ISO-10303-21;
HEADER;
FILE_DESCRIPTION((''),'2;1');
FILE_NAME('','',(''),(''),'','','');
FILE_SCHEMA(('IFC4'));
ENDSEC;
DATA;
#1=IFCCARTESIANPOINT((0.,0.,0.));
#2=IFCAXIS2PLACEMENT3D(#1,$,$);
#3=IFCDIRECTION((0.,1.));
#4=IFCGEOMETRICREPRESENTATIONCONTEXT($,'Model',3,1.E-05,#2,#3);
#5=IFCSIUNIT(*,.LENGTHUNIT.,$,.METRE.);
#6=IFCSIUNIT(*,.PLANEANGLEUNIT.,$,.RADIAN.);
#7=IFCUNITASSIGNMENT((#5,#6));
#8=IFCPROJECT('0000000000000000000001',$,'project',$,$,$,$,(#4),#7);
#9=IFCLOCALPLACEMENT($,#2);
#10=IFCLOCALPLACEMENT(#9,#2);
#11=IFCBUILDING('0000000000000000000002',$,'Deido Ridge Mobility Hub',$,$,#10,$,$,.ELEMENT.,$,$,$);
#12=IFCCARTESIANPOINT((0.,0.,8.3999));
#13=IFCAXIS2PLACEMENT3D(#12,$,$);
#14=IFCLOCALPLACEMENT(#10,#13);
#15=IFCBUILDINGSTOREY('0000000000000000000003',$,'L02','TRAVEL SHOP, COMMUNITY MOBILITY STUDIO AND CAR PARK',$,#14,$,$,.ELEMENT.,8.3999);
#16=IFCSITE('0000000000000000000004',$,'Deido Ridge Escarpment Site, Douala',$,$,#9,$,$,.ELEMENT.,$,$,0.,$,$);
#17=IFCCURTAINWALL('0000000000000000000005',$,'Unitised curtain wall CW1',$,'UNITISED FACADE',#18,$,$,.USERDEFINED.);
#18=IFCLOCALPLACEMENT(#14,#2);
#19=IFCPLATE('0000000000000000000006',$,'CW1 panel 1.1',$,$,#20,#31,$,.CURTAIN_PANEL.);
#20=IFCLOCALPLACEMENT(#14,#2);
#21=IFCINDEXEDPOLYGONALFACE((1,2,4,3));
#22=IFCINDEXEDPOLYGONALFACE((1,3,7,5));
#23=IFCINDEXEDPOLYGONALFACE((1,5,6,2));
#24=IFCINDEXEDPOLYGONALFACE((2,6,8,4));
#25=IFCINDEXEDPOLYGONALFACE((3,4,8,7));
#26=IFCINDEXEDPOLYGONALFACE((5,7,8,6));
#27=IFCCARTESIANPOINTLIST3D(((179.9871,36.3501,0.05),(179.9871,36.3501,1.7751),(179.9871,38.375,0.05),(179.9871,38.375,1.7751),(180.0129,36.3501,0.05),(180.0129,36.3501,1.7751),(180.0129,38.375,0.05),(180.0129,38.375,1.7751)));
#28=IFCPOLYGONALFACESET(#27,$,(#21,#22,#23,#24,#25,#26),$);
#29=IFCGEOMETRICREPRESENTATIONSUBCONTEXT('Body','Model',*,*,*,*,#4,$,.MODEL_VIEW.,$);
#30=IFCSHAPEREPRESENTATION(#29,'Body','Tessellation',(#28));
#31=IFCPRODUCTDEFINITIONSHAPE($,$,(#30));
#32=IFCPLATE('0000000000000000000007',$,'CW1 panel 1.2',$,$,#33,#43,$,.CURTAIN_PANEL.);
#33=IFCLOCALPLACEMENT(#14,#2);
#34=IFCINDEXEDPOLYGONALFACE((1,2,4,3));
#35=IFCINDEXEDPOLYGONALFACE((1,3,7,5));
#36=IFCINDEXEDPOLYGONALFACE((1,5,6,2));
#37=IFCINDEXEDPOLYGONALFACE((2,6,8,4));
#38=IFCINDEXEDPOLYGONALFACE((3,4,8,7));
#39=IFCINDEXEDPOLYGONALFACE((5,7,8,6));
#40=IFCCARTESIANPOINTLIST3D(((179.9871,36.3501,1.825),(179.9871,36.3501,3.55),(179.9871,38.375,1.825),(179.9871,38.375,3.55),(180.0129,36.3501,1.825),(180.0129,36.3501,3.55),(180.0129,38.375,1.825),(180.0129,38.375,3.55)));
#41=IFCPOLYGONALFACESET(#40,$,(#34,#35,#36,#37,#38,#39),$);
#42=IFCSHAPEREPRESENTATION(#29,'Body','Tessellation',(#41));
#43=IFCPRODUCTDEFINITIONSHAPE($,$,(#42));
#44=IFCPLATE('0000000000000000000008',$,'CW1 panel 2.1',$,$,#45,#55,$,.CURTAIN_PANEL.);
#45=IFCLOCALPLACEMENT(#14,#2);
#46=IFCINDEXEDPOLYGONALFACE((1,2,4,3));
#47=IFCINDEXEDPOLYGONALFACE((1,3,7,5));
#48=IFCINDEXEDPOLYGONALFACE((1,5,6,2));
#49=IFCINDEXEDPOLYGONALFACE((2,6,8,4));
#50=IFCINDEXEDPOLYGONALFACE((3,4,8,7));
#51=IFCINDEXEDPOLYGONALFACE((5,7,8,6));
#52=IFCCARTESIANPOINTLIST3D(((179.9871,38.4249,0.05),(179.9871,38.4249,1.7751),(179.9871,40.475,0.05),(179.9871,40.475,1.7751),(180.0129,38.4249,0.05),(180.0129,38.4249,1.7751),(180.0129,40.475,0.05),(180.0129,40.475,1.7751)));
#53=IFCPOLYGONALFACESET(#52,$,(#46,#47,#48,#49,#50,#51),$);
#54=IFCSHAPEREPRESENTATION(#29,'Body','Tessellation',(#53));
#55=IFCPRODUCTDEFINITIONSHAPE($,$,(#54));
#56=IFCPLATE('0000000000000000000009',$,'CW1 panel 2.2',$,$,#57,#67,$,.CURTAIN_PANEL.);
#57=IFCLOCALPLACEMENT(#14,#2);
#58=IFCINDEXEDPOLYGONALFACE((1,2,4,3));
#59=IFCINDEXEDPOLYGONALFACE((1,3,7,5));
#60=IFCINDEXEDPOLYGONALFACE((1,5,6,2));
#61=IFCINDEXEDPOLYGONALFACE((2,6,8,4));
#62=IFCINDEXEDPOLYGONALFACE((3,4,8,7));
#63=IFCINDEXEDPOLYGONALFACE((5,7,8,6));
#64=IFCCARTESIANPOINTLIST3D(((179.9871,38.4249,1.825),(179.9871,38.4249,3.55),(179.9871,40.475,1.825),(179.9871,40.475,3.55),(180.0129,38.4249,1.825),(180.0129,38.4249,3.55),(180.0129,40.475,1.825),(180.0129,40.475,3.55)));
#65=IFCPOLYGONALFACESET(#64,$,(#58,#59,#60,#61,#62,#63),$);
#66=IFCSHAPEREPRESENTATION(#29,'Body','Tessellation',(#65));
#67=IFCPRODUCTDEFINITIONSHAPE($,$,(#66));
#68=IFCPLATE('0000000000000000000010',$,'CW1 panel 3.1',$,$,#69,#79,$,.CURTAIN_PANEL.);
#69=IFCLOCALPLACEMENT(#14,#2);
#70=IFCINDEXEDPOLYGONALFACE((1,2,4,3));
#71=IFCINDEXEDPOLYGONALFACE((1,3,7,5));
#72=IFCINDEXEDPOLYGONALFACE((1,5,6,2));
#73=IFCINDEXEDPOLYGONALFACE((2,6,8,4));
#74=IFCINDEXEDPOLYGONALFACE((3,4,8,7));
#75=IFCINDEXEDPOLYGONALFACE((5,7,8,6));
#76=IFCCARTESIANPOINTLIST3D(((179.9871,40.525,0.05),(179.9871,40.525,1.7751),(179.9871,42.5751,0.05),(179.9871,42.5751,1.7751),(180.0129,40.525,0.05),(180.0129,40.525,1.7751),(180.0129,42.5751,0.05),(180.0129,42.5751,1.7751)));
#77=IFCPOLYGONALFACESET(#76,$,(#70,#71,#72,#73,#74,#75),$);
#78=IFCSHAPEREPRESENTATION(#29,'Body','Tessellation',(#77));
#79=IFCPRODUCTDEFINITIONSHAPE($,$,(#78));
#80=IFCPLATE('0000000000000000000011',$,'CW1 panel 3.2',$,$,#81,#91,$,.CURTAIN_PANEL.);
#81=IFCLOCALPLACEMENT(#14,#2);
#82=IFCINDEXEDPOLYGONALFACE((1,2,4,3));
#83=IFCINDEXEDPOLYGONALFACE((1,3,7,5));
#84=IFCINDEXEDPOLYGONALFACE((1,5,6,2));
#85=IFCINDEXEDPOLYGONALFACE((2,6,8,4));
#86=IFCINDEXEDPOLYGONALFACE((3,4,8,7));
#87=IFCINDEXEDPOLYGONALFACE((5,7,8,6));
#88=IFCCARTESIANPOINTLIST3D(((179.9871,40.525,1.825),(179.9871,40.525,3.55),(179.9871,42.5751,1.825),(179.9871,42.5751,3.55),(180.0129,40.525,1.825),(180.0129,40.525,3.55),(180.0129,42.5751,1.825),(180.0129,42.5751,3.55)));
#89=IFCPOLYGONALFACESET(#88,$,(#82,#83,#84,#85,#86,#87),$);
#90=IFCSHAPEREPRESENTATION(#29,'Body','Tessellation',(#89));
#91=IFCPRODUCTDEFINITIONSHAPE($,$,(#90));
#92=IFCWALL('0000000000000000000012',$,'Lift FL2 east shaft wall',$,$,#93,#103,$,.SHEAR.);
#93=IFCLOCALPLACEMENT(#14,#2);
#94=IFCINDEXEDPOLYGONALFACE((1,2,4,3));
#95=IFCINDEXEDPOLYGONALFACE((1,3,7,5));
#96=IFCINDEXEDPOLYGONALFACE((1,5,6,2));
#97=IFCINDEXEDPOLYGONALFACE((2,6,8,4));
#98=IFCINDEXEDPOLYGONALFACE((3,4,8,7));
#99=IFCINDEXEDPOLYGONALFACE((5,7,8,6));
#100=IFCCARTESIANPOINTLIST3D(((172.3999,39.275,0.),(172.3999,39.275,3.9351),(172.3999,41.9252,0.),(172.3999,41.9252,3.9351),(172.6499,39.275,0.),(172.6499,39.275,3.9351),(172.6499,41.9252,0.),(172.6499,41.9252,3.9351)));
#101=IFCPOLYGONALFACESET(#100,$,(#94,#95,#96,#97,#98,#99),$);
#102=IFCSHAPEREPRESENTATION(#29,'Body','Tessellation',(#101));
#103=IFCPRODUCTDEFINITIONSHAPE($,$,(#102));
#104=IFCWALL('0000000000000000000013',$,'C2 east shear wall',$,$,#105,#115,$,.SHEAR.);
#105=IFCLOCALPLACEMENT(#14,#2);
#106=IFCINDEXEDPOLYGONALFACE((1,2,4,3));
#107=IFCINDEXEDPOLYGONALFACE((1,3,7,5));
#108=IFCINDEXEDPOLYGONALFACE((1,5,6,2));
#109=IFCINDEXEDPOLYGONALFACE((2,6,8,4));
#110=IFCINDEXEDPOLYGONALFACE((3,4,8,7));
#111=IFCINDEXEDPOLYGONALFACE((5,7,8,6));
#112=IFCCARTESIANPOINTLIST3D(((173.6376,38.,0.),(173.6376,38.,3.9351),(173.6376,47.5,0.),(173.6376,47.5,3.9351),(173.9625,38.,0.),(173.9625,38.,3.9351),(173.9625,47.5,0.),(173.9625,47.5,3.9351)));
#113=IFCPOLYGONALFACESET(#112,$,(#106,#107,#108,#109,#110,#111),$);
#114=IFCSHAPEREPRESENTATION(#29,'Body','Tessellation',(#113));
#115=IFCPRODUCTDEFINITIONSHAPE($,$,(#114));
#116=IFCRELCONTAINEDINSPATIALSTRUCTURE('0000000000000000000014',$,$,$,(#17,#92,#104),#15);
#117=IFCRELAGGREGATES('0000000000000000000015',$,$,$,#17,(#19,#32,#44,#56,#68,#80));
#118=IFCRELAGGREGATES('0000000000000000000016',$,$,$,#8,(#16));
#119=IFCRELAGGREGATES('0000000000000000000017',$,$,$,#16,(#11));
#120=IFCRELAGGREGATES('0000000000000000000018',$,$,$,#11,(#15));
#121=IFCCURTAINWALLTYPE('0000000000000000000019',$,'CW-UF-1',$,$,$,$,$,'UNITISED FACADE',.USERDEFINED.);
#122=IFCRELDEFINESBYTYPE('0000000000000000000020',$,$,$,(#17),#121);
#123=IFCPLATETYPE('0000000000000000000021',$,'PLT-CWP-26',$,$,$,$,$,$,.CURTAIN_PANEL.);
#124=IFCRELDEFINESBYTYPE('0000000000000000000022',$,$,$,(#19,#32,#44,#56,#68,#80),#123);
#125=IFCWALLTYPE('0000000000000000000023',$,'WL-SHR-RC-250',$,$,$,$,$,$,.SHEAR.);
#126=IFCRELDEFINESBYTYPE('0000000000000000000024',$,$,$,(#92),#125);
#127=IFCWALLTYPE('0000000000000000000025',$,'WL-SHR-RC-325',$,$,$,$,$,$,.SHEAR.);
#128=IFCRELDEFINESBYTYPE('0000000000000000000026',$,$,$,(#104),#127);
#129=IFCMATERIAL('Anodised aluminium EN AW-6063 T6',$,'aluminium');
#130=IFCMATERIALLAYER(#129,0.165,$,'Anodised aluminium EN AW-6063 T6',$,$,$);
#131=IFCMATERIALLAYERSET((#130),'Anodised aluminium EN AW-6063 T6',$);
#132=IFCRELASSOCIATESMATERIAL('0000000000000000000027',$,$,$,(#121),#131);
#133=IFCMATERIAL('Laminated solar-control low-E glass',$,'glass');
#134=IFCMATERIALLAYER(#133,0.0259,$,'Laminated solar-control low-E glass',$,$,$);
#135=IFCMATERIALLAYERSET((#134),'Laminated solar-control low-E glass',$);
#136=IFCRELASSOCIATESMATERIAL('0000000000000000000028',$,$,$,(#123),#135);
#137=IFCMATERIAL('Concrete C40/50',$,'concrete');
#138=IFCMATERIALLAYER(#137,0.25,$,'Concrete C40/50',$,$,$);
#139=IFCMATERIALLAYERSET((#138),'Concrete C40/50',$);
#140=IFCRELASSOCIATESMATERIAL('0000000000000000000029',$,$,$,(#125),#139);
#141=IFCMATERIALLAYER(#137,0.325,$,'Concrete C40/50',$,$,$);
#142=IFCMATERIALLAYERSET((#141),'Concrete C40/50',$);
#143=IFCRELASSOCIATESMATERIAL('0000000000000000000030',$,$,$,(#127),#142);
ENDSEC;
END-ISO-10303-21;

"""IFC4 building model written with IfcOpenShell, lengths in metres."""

from ifc_helpers import new_model, si_unit, direction, frame, frame_2d, origin, origin_2d, place, context, subcontext, project, spatial, rectangle, extrude, material, layer, layer_set, type_object, element, aggregate, save


model = new_model("IFC4")

# Units and contexts
model_context = context("Model", 3, precision=1e-05, world=origin(), true_north=direction((0.0, 1.0)))
body_context = subcontext(model_context, "Body", "Model", "MODEL_VIEW")
ifc_project = project(units=[si_unit("LENGTHUNIT", "METRE"), si_unit("PLANEANGLEUNIT", "RADIAN")], contexts=[model_context])

# Site, building, storey
site_placement = place(None, origin())
site = spatial("IfcSite", under=ifc_project, at=site_placement, Name="Deido Ridge Escarpment Site, Douala", CompositionType="ELEMENT", RefElevation=0.0)
building_placement = place(site_placement, origin())
building = spatial("IfcBuilding", under=site, at=building_placement, Name="Deido Ridge Mobility Hub", CompositionType="ELEMENT")
storey_placement = place(building_placement, frame((0.0, 0.0, 8.3999)))
storey = spatial("IfcBuildingStorey", under=building, at=storey_placement, Name="L02", Description="TRAVEL SHOP, COMMUNITY MOBILITY STUDIO AND CAR PARK", CompositionType="ELEMENT", Elevation=8.3999)

# Curtain wall, plates
ifc_material_1 = material(Name="Anodised aluminium EN AW-6063 T6", Category="aluminium")
ifc_layer_1 = layer(ifc_material_1, 0.165, Name="Anodised aluminium EN AW-6063 T6")
ifc_layer_set_1 = layer_set([ifc_layer_1], Name="Anodised aluminium EN AW-6063 T6")
curtain_wall_type = type_object("IfcCurtainWallType", Name="CW-UF-1", ElementType="UNITISED FACADE", PredefinedType="USERDEFINED", material=ifc_layer_set_1)
curtain_wall_placement = place(storey_placement, origin())
curtain_wall = element("IfcCurtainWall", 1, at=curtain_wall_placement, inside=storey, type_object=curtain_wall_type, Name="Unitised curtain wall CW1", ObjectType="UNITISED FACADE", PredefinedType="USERDEFINED")
ifc_material_2 = material(Name="Laminated solar-control low-E glass", Category="glass")
ifc_layer_2 = layer(ifc_material_2, 0.0259, Name="Laminated solar-control low-E glass")
ifc_layer_set_2 = layer_set([ifc_layer_2], Name="Laminated solar-control low-E glass")
plate_type = type_object("IfcPlateType", Name="PLT-CWP-26", PredefinedType="CURTAIN_PANEL", material=ifc_layer_set_2)
plate_1_placement = place(storey_placement, frame((180.0, 37.3625, 0.05), z_axis=(0.0, 0.0, 1.0), x_axis=(0.0, 1.0, 0.0)))
plate_1 = element("IfcPlate", 2, at=plate_1_placement, type_object=plate_type, Name="CW1 panel 1.1", PredefinedType="CURTAIN_PANEL", context=body_context, shape_type="SweptSolid", body=[
    extrude(rectangle(XDim=2.0249, YDim=0.0259, at=origin_2d()), origin(), (0.0, 0.0, 1.0), 1.7251),
])
plate_2_placement = place(storey_placement, frame((180.0, 37.3625, 1.825), z_axis=(0.0, 0.0, 1.0), x_axis=(0.0, 1.0, 0.0)))
plate_2 = element("IfcPlate", 3, at=plate_2_placement, type_object=plate_type, Name="CW1 panel 1.2", PredefinedType="CURTAIN_PANEL", context=body_context, shape_type="SweptSolid", body=[
    extrude(rectangle(XDim=2.0249, YDim=0.0259, at=origin_2d()), origin(), (0.0, 0.0, 1.0), 1.7251),
])
plate_3_placement = place(storey_placement, frame((180.0, 39.45, 0.05), z_axis=(0.0, 0.0, 1.0), x_axis=(0.0, 1.0, 0.0)))
plate_3 = element("IfcPlate", 4, at=plate_3_placement, type_object=plate_type, Name="CW1 panel 2.1", PredefinedType="CURTAIN_PANEL", context=body_context, shape_type="SweptSolid", body=[
    extrude(rectangle(XDim=2.05, YDim=0.0259, at=origin_2d()), origin(), (0.0, 0.0, 1.0), 1.7251),
])
plate_4_placement = place(storey_placement, frame((180.0, 39.45, 1.825), z_axis=(0.0, 0.0, 1.0), x_axis=(0.0, 1.0, 0.0)))
plate_4 = element("IfcPlate", 5, at=plate_4_placement, type_object=plate_type, Name="CW1 panel 2.2", PredefinedType="CURTAIN_PANEL", context=body_context, shape_type="SweptSolid", body=[
    extrude(rectangle(XDim=2.05, YDim=0.0259, at=origin_2d()), origin(), (0.0, 0.0, 1.0), 1.7251),
])
plate_5_placement = place(storey_placement, frame((180.0, 41.55, 0.05), z_axis=(0.0, 0.0, 1.0), x_axis=(0.0, 1.0, 0.0)))
plate_5 = element("IfcPlate", 6, at=plate_5_placement, type_object=plate_type, Name="CW1 panel 3.1", PredefinedType="CURTAIN_PANEL", context=body_context, shape_type="SweptSolid", body=[
    extrude(rectangle(XDim=2.05, YDim=0.0259, at=origin_2d()), origin(), (0.0, 0.0, 1.0), 1.7251),
])
plate_6_placement = place(storey_placement, frame((180.0, 41.55, 1.825), z_axis=(0.0, 0.0, 1.0), x_axis=(0.0, 1.0, 0.0)))
plate_6 = element("IfcPlate", 7, at=plate_6_placement, type_object=plate_type, Name="CW1 panel 3.2", PredefinedType="CURTAIN_PANEL", context=body_context, shape_type="SweptSolid", body=[
    extrude(rectangle(XDim=2.05, YDim=0.0259, at=origin_2d()), origin(), (0.0, 0.0, 1.0), 1.7251),
])
aggregate(curtain_wall, [plate_1, plate_2, plate_3, plate_4, plate_5, plate_6])

# Walls
ifc_material_3 = material(Name="Concrete C40/50", Category="concrete")
ifc_layer_3 = layer(ifc_material_3, 0.25, Name="Concrete C40/50")
ifc_layer_set_3 = layer_set([ifc_layer_3], Name="Concrete C40/50")
wall_type_1 = type_object("IfcWallType", Name="WL-SHR-RC-250", PredefinedType="SHEAR", material=ifc_layer_set_3)
wall_1_placement = place(storey_placement, frame((172.5249, 39.2749, 0.0), z_axis=(0.0, 0.0, 1.0), x_axis=(0.0, 1.0, 0.0)))
element("IfcWall", 8, at=wall_1_placement, inside=storey, type_object=wall_type_1, Name="Lift FL2 east shaft wall", PredefinedType="SHEAR", context=body_context, shape_type="SweptSolid", body=[
    extrude(rectangle(XDim=2.6501, YDim=0.25, at=frame_2d((1.3252, 0.0))), origin(), (0.0, 0.0, 1.0), 3.9351),
])
ifc_layer_4 = layer(ifc_material_3, 0.325, Name="Concrete C40/50")
ifc_layer_set_4 = layer_set([ifc_layer_4], Name="Concrete C40/50")
wall_type_2 = type_object("IfcWallType", Name="WL-SHR-RC-325", PredefinedType="SHEAR", material=ifc_layer_set_4)
wall_2_placement = place(storey_placement, frame((173.8, 38.0, 0.0), z_axis=(0.0, 0.0, 1.0), x_axis=(0.0, 1.0, 0.0)))
element("IfcWall", 9, at=wall_2_placement, inside=storey, type_object=wall_type_2, Name="C2 east shear wall", PredefinedType="SHEAR", context=body_context, shape_type="SweptSolid", body=[
    extrude(rectangle(XDim=9.5, YDim=0.325, at=frame_2d((4.75, 0.0))), origin(), (0.0, 0.0, 1.0), 3.9351),
])

save(model, "model.ifc")
